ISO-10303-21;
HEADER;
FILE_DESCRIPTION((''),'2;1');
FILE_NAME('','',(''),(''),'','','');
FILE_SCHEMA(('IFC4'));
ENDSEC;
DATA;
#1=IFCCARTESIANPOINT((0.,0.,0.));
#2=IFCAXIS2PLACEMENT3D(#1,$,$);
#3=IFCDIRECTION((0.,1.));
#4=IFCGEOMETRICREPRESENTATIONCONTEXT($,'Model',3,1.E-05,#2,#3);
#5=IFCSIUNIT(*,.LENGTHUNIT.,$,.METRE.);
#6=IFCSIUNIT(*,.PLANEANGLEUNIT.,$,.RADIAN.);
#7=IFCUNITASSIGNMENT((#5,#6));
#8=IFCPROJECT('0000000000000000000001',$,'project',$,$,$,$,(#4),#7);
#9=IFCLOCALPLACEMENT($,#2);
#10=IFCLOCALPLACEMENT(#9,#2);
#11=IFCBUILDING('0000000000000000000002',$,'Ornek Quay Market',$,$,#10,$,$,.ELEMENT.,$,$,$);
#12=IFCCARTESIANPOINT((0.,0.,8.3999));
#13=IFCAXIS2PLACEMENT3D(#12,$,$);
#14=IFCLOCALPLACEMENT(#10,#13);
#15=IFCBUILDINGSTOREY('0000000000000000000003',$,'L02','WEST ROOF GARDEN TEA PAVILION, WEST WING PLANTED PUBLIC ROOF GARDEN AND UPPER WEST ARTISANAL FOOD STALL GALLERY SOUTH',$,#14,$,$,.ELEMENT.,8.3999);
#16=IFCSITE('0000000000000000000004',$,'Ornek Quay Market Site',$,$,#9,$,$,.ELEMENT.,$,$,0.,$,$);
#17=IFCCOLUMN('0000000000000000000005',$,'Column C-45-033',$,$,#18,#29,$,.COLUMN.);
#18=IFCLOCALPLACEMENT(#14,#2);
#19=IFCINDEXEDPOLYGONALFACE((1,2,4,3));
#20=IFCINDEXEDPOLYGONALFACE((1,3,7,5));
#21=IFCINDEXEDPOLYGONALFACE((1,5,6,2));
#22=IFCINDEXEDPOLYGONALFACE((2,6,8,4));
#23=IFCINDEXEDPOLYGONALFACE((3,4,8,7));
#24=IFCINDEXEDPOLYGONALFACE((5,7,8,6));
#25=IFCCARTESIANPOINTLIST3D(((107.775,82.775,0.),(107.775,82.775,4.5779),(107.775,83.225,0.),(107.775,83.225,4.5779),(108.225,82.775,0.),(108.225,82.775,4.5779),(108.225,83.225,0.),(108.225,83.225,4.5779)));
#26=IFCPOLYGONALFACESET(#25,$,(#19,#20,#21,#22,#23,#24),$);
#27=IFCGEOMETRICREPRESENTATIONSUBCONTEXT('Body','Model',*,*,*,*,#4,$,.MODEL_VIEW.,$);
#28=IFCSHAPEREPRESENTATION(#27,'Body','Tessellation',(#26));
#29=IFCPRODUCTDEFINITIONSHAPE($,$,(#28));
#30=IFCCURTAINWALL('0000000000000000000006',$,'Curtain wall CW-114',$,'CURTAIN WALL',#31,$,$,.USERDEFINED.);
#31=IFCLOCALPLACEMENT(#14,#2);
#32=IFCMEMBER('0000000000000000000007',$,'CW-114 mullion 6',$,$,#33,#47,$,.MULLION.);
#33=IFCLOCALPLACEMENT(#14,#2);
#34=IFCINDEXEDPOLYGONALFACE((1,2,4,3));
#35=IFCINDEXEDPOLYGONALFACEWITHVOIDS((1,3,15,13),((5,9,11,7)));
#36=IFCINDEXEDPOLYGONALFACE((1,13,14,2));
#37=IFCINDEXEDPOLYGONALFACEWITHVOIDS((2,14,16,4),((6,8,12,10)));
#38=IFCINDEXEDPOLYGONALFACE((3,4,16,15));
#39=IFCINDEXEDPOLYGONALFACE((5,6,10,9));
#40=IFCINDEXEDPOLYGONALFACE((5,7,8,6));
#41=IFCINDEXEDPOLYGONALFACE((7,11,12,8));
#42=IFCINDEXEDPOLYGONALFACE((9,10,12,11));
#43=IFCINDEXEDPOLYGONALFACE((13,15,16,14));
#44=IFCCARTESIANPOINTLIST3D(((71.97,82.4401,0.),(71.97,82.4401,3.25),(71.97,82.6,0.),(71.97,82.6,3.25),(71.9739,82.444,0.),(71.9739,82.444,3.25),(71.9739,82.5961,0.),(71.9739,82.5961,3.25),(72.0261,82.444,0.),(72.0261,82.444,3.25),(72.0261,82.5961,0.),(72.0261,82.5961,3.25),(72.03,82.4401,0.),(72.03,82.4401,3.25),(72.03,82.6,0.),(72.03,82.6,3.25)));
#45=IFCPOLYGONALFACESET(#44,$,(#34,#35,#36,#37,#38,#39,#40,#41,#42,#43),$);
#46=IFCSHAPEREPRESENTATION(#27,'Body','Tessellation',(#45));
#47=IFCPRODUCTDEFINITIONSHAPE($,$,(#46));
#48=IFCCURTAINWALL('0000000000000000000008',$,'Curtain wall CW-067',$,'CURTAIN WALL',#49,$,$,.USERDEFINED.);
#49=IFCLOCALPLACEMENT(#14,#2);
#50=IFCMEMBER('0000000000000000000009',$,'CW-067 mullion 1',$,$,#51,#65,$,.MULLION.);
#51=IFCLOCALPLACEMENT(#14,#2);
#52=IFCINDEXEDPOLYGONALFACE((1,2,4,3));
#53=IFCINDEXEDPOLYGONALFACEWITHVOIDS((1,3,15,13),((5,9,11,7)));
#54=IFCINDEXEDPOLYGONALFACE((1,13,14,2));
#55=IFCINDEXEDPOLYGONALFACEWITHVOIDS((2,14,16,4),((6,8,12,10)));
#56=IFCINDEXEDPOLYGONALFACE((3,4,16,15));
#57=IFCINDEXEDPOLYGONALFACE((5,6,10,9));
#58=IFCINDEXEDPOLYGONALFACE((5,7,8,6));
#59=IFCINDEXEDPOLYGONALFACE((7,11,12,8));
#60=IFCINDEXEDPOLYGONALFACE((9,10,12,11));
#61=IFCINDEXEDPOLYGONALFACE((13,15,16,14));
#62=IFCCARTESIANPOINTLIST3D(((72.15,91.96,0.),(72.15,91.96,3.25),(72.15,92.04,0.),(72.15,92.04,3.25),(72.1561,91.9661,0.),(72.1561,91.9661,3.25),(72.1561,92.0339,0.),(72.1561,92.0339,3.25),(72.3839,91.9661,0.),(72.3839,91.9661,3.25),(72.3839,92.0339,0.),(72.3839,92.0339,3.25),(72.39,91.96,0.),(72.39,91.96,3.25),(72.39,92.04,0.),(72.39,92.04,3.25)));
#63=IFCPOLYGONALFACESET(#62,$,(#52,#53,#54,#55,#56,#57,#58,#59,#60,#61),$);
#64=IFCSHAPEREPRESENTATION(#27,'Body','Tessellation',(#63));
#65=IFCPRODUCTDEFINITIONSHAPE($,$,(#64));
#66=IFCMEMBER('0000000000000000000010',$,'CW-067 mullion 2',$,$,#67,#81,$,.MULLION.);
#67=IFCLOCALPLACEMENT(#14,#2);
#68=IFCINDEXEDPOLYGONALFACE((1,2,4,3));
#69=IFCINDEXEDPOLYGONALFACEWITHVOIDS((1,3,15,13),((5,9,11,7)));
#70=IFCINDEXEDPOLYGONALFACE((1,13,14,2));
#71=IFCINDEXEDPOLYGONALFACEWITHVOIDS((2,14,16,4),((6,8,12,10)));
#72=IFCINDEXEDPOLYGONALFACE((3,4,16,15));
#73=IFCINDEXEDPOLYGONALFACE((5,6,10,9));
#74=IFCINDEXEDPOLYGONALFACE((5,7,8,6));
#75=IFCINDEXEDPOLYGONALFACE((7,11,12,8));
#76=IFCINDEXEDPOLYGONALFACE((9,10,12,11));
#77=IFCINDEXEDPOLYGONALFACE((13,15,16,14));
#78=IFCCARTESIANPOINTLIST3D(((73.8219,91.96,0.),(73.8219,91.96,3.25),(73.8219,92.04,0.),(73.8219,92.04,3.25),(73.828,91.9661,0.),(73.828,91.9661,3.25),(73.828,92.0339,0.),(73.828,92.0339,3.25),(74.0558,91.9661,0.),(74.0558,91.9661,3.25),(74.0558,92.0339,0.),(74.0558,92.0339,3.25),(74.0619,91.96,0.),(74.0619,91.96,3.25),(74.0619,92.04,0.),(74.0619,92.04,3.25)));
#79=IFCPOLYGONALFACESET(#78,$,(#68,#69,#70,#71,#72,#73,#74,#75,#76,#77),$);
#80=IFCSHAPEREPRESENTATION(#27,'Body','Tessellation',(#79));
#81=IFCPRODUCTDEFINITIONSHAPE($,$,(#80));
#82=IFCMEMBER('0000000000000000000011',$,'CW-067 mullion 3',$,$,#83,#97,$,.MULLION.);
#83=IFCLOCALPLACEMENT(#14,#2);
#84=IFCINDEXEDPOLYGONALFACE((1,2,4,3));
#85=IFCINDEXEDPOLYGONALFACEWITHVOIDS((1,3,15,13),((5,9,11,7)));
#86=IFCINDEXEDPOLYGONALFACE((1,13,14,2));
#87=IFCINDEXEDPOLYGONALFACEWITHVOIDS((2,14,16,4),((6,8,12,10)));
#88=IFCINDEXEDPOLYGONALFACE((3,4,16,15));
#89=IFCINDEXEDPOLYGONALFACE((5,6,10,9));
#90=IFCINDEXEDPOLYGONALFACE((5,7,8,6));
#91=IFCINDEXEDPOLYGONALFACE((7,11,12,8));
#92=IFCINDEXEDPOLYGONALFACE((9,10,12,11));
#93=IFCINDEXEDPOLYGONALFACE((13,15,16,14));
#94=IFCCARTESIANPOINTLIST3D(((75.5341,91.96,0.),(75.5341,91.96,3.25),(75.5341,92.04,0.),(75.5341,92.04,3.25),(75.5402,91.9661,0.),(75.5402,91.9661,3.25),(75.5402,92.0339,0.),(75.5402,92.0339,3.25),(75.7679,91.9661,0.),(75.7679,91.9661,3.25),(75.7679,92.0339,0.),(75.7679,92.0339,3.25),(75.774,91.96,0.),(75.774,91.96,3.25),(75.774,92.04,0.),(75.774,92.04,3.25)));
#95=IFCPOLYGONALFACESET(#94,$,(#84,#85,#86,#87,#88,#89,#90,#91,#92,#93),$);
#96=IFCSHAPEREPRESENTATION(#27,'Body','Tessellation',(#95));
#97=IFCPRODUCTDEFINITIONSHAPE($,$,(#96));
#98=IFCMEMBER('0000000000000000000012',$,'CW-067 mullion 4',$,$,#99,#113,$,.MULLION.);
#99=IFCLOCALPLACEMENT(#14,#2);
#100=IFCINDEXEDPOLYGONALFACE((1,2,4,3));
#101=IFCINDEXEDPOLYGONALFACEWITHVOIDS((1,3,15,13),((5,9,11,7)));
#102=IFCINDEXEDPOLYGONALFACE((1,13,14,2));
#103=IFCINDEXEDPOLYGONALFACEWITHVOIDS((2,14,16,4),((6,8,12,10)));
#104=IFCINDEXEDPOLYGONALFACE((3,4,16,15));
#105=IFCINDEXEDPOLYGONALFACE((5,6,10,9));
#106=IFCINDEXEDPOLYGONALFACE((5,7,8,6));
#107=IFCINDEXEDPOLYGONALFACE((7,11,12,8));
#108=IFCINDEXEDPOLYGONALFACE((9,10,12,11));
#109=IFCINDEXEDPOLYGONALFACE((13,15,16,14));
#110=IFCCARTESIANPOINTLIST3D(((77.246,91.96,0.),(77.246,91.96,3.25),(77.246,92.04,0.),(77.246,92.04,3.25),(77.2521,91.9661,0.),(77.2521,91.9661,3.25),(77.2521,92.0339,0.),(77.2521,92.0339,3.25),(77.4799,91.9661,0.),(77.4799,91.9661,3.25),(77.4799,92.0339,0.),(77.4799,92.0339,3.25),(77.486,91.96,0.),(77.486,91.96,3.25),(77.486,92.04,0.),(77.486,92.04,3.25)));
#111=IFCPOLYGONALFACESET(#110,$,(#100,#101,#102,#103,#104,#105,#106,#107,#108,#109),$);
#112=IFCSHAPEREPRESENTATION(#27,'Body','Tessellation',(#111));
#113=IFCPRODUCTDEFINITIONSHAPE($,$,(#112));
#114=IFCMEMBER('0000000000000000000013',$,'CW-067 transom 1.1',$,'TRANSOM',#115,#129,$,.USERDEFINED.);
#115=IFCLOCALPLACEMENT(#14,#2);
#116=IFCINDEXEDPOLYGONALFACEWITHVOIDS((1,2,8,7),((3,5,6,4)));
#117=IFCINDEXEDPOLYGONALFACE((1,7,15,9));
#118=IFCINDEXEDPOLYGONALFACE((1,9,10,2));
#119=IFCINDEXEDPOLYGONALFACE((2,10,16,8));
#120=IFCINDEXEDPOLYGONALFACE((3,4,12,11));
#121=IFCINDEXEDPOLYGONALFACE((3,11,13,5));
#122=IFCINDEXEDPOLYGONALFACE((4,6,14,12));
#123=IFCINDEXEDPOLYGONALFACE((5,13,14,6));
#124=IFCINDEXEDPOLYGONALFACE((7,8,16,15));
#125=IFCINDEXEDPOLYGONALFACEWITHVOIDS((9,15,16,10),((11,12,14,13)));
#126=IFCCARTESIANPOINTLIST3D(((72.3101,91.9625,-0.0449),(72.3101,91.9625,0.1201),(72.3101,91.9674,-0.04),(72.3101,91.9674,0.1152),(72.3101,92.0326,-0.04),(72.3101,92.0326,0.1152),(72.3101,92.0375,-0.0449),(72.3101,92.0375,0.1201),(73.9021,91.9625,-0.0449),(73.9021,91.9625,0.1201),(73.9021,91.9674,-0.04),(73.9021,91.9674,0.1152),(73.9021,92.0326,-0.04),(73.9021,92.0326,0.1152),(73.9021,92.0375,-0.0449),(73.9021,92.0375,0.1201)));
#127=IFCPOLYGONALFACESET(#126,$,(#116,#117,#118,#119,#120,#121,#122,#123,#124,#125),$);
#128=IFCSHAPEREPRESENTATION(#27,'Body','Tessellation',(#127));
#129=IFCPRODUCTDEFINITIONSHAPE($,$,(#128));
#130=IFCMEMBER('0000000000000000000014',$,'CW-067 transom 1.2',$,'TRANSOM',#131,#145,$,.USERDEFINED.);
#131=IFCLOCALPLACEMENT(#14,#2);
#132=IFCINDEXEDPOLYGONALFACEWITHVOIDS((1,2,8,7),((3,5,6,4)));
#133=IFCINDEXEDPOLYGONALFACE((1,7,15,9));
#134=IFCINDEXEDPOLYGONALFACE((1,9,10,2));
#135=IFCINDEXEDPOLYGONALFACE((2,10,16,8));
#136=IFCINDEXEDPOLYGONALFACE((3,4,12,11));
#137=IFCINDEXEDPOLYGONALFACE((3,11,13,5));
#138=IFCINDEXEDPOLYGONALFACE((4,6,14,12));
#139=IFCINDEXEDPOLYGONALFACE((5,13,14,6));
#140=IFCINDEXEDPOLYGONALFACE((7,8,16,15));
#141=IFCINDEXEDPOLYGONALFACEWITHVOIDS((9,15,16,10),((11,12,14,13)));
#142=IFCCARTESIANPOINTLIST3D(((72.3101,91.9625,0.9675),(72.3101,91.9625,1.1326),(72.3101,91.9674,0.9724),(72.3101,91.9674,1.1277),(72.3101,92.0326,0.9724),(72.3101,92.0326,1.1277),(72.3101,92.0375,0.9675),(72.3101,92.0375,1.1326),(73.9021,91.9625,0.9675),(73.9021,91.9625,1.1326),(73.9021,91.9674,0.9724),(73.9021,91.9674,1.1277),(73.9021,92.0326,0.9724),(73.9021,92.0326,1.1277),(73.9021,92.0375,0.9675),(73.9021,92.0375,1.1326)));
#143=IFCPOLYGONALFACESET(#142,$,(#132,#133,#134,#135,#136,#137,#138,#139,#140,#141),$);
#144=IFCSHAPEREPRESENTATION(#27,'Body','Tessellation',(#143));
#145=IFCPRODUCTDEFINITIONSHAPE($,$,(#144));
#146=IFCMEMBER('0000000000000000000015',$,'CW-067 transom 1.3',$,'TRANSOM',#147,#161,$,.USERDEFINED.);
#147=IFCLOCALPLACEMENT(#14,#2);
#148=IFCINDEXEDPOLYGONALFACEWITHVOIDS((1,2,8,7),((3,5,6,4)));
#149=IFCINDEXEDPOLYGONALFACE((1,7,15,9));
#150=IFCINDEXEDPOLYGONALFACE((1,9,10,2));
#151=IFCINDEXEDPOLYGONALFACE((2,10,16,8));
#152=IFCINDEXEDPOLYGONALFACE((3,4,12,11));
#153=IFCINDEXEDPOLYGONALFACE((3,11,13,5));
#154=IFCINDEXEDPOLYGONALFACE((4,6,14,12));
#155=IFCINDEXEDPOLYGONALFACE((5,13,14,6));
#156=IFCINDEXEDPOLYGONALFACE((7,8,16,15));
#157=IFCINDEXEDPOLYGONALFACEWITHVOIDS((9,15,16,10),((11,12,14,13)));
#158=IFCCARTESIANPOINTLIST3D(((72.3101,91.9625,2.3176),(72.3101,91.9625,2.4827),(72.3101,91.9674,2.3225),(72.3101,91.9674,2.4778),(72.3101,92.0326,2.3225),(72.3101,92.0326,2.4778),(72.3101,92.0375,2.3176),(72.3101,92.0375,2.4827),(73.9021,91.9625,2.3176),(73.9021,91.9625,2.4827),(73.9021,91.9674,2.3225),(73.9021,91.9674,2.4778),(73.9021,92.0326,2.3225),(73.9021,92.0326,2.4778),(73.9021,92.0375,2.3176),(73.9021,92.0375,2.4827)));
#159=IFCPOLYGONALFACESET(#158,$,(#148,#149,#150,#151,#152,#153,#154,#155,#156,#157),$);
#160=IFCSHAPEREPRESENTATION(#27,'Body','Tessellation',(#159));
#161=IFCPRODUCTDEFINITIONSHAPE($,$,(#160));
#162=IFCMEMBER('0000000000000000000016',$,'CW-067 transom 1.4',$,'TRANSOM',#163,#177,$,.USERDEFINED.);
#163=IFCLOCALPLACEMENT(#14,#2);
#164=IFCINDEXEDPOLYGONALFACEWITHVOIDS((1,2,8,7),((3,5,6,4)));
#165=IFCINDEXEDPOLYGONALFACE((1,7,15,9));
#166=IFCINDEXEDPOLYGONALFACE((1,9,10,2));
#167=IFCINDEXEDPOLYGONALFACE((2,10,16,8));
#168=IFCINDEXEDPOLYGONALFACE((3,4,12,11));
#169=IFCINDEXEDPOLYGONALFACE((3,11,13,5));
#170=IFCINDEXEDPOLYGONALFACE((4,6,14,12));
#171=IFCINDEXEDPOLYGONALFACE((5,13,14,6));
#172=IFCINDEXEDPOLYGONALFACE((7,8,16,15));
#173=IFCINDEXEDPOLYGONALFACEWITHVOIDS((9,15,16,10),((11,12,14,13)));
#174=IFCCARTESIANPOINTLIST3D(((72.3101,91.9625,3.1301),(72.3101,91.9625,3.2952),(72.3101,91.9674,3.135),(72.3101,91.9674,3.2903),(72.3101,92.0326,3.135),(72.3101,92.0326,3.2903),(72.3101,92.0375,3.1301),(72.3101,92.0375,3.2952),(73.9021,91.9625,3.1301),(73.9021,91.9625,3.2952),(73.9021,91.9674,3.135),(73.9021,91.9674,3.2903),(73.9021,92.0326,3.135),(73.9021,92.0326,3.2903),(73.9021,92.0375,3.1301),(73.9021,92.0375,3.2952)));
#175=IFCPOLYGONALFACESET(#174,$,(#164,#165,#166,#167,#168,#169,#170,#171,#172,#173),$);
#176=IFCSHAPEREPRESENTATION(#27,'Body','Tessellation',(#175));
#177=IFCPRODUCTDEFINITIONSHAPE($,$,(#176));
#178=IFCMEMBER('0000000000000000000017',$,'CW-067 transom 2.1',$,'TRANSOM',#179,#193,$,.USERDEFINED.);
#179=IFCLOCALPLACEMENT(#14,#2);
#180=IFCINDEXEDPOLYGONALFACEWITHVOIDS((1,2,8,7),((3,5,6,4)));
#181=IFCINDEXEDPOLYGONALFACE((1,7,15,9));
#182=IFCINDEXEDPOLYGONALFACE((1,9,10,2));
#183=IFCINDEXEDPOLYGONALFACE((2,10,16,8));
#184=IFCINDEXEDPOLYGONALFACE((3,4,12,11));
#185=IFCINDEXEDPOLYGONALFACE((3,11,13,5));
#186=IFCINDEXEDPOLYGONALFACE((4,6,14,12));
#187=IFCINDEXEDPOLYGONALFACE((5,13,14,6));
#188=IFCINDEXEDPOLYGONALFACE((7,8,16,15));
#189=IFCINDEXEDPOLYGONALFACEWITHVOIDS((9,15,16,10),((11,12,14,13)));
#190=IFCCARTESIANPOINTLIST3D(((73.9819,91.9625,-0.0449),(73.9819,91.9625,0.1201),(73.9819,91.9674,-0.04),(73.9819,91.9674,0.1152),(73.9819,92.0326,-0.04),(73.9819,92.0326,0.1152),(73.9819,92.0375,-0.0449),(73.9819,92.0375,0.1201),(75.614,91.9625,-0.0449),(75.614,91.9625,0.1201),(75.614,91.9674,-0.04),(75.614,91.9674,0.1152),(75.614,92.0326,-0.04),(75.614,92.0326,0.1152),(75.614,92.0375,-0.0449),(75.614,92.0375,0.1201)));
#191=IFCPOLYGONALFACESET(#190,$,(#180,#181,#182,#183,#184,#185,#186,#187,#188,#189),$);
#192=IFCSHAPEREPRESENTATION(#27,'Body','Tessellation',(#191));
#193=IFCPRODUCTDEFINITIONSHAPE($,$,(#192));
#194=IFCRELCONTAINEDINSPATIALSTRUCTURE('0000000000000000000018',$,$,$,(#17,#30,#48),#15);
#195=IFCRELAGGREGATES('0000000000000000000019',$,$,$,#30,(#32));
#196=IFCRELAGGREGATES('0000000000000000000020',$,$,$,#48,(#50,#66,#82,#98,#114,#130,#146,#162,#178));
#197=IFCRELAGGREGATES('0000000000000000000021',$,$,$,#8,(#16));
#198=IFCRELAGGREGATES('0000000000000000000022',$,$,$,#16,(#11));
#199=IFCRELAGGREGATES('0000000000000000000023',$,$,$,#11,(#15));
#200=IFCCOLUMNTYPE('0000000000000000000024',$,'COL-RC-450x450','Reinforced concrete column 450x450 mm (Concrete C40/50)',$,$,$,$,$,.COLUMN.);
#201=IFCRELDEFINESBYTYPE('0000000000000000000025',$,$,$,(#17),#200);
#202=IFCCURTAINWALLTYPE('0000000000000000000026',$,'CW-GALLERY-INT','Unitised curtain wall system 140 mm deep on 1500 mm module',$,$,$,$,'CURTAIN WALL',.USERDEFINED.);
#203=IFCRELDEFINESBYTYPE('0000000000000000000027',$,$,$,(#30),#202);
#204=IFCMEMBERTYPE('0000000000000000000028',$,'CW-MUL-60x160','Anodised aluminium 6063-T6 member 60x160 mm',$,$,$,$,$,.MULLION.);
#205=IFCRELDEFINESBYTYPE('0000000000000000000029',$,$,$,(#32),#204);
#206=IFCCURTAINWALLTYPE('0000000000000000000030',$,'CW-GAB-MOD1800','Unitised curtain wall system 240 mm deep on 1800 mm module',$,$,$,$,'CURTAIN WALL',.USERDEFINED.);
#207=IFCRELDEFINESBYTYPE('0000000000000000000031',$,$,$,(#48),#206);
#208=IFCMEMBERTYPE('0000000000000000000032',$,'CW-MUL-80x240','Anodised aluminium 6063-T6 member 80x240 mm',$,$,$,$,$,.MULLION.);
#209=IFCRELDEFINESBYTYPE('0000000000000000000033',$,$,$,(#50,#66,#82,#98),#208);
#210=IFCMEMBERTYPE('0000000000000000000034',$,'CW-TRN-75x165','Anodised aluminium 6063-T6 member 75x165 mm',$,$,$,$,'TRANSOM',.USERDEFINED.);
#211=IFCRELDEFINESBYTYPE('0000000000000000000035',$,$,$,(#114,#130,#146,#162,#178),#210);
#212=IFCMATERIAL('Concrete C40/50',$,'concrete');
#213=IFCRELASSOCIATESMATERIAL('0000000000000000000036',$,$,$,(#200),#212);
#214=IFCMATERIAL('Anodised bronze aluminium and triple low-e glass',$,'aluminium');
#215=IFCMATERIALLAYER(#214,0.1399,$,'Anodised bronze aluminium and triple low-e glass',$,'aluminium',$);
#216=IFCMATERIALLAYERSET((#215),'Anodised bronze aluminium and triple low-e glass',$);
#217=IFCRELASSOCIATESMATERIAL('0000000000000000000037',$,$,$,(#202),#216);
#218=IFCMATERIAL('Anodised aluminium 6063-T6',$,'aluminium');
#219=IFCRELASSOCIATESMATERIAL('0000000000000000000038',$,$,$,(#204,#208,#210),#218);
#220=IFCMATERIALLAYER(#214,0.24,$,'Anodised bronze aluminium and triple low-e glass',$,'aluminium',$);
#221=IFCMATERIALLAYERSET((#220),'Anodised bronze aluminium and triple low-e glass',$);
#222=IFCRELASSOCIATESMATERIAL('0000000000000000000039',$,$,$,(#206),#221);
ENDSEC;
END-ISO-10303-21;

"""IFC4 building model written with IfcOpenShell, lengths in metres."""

from ifc_helpers import new_model, si_unit, direction, frame, origin, origin_2d, place, context, subcontext, project, spatial, rectangle, hollow_rectangle, extrude, material, layer, layer_set, material_profile, profile_set, type_object, element, aggregate, save


model = new_model("IFC4")

# Units and contexts
model_context = context("Model", 3, precision=1e-05, world=origin(), true_north=direction((0.0, 1.0)))
body_context = subcontext(model_context, "Body", "Model", "MODEL_VIEW")
ifc_project = project(units=[si_unit("LENGTHUNIT", "METRE"), si_unit("PLANEANGLEUNIT", "RADIAN")], contexts=[model_context])

# Site, building, storey
site_placement = place(None, origin())
site = spatial("IfcSite", under=ifc_project, at=site_placement, Name="Ornek Quay Market Site", CompositionType="ELEMENT", RefElevation=0.0)
building_placement = place(site_placement, origin())
building = spatial("IfcBuilding", under=site, at=building_placement, Name="Ornek Quay Market", CompositionType="ELEMENT")
storey_placement = place(building_placement, frame((0.0, 0.0, 8.3999)))
storey = spatial("IfcBuildingStorey", under=building, at=storey_placement, Name="L02", Description="WEST ROOF GARDEN TEA PAVILION, WEST WING PLANTED PUBLIC ROOF GARDEN AND UPPER WEST ARTISANAL FOOD STALL GALLERY SOUTH", CompositionType="ELEMENT", Elevation=8.3999)

# Column
ifc_material_1 = material(Name="Concrete C40/50", Category="concrete")
ifc_material_profile_1 = material_profile(ifc_material_1, rectangle(XDim=0.45, YDim=0.45, at=origin_2d()), Name="RC 450x450", Category="concrete")
ifc_profile_set_1 = profile_set([ifc_material_profile_1], Name="Concrete C40/50")
column_type = type_object("IfcColumnType", Name="COL-RC-450x450", Description="Reinforced concrete column 450x450 mm (Concrete C40/50)", PredefinedType="COLUMN", material=ifc_profile_set_1)
column_placement = place(storey_placement, frame((108.0, 83.0, 0.0), z_axis=(0.0, 0.0, 1.0), x_axis=(1.0, 0.0, 0.0)))
element("IfcColumn", 1, at=column_placement, inside=storey, type_object=column_type, Name="Column C-45-033", PredefinedType="COLUMN", context=body_context, shape_type="SweptSolid", body=[
    extrude(rectangle(XDim=0.45, YDim=0.45, at=origin_2d()), origin(), (0.0, 0.0, 1.0), 4.5779),
])

# Curtain wall, member
ifc_material_2 = material(Name="Anodised bronze aluminium and triple low-e glass", Category="aluminium")
ifc_layer_1 = layer(ifc_material_2, 0.1399, Name="Anodised bronze aluminium and triple low-e glass", Category="aluminium")
ifc_layer_set_1 = layer_set([ifc_layer_1], Name="Anodised bronze aluminium and triple low-e glass")
curtain_wall_type_1 = type_object("IfcCurtainWallType", Name="CW-GALLERY-INT", Description="Unitised curtain wall system 140 mm deep on 1500 mm module", ElementType="CURTAIN WALL", PredefinedType="USERDEFINED", material=ifc_layer_set_1)
curtain_wall_1_placement = place(storey_placement, origin())
curtain_wall_1 = element("IfcCurtainWall", 2, at=curtain_wall_1_placement, inside=storey, type_object=curtain_wall_type_1, Name="Curtain wall CW-114", ObjectType="CURTAIN WALL", PredefinedType="USERDEFINED")
ifc_material_3 = material(Name="Anodised aluminium 6063-T6", Category="aluminium")
ifc_material_profile_2 = material_profile(ifc_material_3, hollow_rectangle(XDim=0.0601, YDim=0.1599, WallThickness=0.0039, at=origin_2d()), Name="CW-MUL-60x160", Category="aluminium")
ifc_profile_set_2 = profile_set([ifc_material_profile_2], Name="Anodised aluminium 6063-T6")
member_type_1 = type_object("IfcMemberType", Name="CW-MUL-60x160", Description="Anodised aluminium 6063-T6 member 60x160 mm", PredefinedType="MULLION", material=ifc_profile_set_2)
member_1_placement = place(storey_placement, frame((72.0, 82.52, 0.0), z_axis=(0.0, 0.0, 1.0), x_axis=(-1.0, 0.0, 0.0)))
member_1 = element("IfcMember", 3, at=member_1_placement, type_object=member_type_1, Name="CW-114 mullion 6", PredefinedType="MULLION", context=body_context, shape_type="SweptSolid", body=[
    extrude(hollow_rectangle(XDim=0.0601, YDim=0.1599, WallThickness=0.0039, at=origin_2d()), origin(), (0.0, 0.0, 1.0), 3.25),
])
aggregate(curtain_wall_1, [member_1])

# Curtain wall, members
ifc_layer_2 = layer(ifc_material_2, 0.24, Name="Anodised bronze aluminium and triple low-e glass", Category="aluminium")
ifc_layer_set_2 = layer_set([ifc_layer_2], Name="Anodised bronze aluminium and triple low-e glass")
curtain_wall_type_2 = type_object("IfcCurtainWallType", Name="CW-GAB-MOD1800", Description="Unitised curtain wall system 240 mm deep on 1800 mm module", ElementType="CURTAIN WALL", PredefinedType="USERDEFINED", material=ifc_layer_set_2)
curtain_wall_2_placement = place(storey_placement, origin())
curtain_wall_2 = element("IfcCurtainWall", 4, at=curtain_wall_2_placement, inside=storey, type_object=curtain_wall_type_2, Name="Curtain wall CW-067", ObjectType="CURTAIN WALL", PredefinedType="USERDEFINED")
ifc_material_profile_3 = material_profile(ifc_material_3, hollow_rectangle(XDim=0.0801, YDim=0.24, WallThickness=0.0061, at=origin_2d()), Name="CW-MUL-80x240", Category="aluminium")
ifc_profile_set_3 = profile_set([ifc_material_profile_3], Name="Anodised aluminium 6063-T6")
member_type_2 = type_object("IfcMemberType", Name="CW-MUL-80x240", Description="Anodised aluminium 6063-T6 member 80x240 mm", PredefinedType="MULLION", material=ifc_profile_set_3)
member_2_placement = place(storey_placement, frame((72.27, 92.0, 0.0), z_axis=(0.0, 0.0, 1.0), x_axis=(0.0, 1.0, 0.0)))
member_2 = element("IfcMember", 5, at=member_2_placement, type_object=member_type_2, Name="CW-067 mullion 1", PredefinedType="MULLION", context=body_context, shape_type="SweptSolid", body=[
    extrude(hollow_rectangle(XDim=0.0801, YDim=0.24, WallThickness=0.0061, at=origin_2d()), origin(), (0.0, 0.0, 1.0), 3.25),
])
member_3_placement = place(storey_placement, frame((73.9419, 92.0, 0.0), z_axis=(0.0, 0.0, 1.0), x_axis=(0.0, 1.0, 0.0)))
member_3 = element("IfcMember", 6, at=member_3_placement, type_object=member_type_2, Name="CW-067 mullion 2", PredefinedType="MULLION", context=body_context, shape_type="SweptSolid", body=[
    extrude(hollow_rectangle(XDim=0.0801, YDim=0.24, WallThickness=0.0061, at=origin_2d()), origin(), (0.0, 0.0, 1.0), 3.25),
])
member_4_placement = place(storey_placement, frame((75.6541, 92.0, 0.0), z_axis=(0.0, 0.0, 1.0), x_axis=(0.0, 1.0, 0.0)))
member_4 = element("IfcMember", 7, at=member_4_placement, type_object=member_type_2, Name="CW-067 mullion 3", PredefinedType="MULLION", context=body_context, shape_type="SweptSolid", body=[
    extrude(hollow_rectangle(XDim=0.0801, YDim=0.24, WallThickness=0.0061, at=origin_2d()), origin(), (0.0, 0.0, 1.0), 3.25),
])
member_5_placement = place(storey_placement, frame((77.366, 92.0, 0.0), z_axis=(0.0, 0.0, 1.0), x_axis=(0.0, 1.0, 0.0)))
member_5 = element("IfcMember", 8, at=member_5_placement, type_object=member_type_2, Name="CW-067 mullion 4", PredefinedType="MULLION", context=body_context, shape_type="SweptSolid", body=[
    extrude(hollow_rectangle(XDim=0.0801, YDim=0.24, WallThickness=0.0061, at=origin_2d()), origin(), (0.0, 0.0, 1.0), 3.25),
])
ifc_material_profile_4 = material_profile(ifc_material_3, hollow_rectangle(XDim=0.075, YDim=0.165, WallThickness=0.0049, at=origin_2d()), Name="CW-TRN-75x165", Category="aluminium")
ifc_profile_set_4 = profile_set([ifc_material_profile_4], Name="Anodised aluminium 6063-T6")
member_type_3 = type_object("IfcMemberType", Name="CW-TRN-75x165", Description="Anodised aluminium 6063-T6 member 75x165 mm", ElementType="TRANSOM", PredefinedType="USERDEFINED", material=ifc_profile_set_4)
member_6_placement = place(storey_placement, frame((72.3101, 92.0, 0.0376), z_axis=(1.0, 0.0, 0.0), x_axis=(0.0, 1.0, 0.0)))
member_6 = element("IfcMember", 9, at=member_6_placement, type_object=member_type_3, Name="CW-067 transom 1.1", ObjectType="TRANSOM", PredefinedType="USERDEFINED", context=body_context, shape_type="SweptSolid", body=[
    extrude(hollow_rectangle(XDim=0.075, YDim=0.165, WallThickness=0.0049, at=origin_2d()), origin(), (0.0, 0.0, 1.0), 1.592),
])
member_7_placement = place(storey_placement, frame((72.3101, 92.0, 1.05), z_axis=(1.0, 0.0, 0.0), x_axis=(0.0, 1.0, 0.0)))
member_7 = element("IfcMember", 10, at=member_7_placement, type_object=member_type_3, Name="CW-067 transom 1.2", ObjectType="TRANSOM", PredefinedType="USERDEFINED", context=body_context, shape_type="SweptSolid", body=[
    extrude(hollow_rectangle(XDim=0.075, YDim=0.165, WallThickness=0.0049, at=origin_2d()), origin(), (0.0, 0.0, 1.0), 1.592),
])
member_8_placement = place(storey_placement, frame((72.3101, 92.0, 2.4001), z_axis=(1.0, 0.0, 0.0), x_axis=(0.0, 1.0, 0.0)))
member_8 = element("IfcMember", 11, at=member_8_placement, type_object=member_type_3, Name="CW-067 transom 1.3", ObjectType="TRANSOM", PredefinedType="USERDEFINED", context=body_context, shape_type="SweptSolid", body=[
    extrude(hollow_rectangle(XDim=0.075, YDim=0.165, WallThickness=0.0049, at=origin_2d()), origin(), (0.0, 0.0, 1.0), 1.592),
])
member_9_placement = place(storey_placement, frame((72.3101, 92.0, 3.2126), z_axis=(1.0, 0.0, 0.0), x_axis=(0.0, 1.0, 0.0)))
member_9 = element("IfcMember", 12, at=member_9_placement, type_object=member_type_3, Name="CW-067 transom 1.4", ObjectType="TRANSOM", PredefinedType="USERDEFINED", context=body_context, shape_type="SweptSolid", body=[
    extrude(hollow_rectangle(XDim=0.075, YDim=0.165, WallThickness=0.0049, at=origin_2d()), origin(), (0.0, 0.0, 1.0), 1.592),
])
member_10_placement = place(storey_placement, frame((73.9819, 92.0, 0.0376), z_axis=(1.0, 0.0, 0.0), x_axis=(0.0, 1.0, 0.0)))
member_10 = element("IfcMember", 13, at=member_10_placement, type_object=member_type_3, Name="CW-067 transom 2.1", ObjectType="TRANSOM", PredefinedType="USERDEFINED", context=body_context, shape_type="SweptSolid", body=[
    extrude(hollow_rectangle(XDim=0.075, YDim=0.165, WallThickness=0.0049, at=origin_2d()), origin(), (0.0, 0.0, 1.0), 1.6321),
])
aggregate(curtain_wall_2, [member_2, member_3, member_4, member_5, member_6, member_7, member_8, member_9, member_10])

save(model, "model.ifc")
